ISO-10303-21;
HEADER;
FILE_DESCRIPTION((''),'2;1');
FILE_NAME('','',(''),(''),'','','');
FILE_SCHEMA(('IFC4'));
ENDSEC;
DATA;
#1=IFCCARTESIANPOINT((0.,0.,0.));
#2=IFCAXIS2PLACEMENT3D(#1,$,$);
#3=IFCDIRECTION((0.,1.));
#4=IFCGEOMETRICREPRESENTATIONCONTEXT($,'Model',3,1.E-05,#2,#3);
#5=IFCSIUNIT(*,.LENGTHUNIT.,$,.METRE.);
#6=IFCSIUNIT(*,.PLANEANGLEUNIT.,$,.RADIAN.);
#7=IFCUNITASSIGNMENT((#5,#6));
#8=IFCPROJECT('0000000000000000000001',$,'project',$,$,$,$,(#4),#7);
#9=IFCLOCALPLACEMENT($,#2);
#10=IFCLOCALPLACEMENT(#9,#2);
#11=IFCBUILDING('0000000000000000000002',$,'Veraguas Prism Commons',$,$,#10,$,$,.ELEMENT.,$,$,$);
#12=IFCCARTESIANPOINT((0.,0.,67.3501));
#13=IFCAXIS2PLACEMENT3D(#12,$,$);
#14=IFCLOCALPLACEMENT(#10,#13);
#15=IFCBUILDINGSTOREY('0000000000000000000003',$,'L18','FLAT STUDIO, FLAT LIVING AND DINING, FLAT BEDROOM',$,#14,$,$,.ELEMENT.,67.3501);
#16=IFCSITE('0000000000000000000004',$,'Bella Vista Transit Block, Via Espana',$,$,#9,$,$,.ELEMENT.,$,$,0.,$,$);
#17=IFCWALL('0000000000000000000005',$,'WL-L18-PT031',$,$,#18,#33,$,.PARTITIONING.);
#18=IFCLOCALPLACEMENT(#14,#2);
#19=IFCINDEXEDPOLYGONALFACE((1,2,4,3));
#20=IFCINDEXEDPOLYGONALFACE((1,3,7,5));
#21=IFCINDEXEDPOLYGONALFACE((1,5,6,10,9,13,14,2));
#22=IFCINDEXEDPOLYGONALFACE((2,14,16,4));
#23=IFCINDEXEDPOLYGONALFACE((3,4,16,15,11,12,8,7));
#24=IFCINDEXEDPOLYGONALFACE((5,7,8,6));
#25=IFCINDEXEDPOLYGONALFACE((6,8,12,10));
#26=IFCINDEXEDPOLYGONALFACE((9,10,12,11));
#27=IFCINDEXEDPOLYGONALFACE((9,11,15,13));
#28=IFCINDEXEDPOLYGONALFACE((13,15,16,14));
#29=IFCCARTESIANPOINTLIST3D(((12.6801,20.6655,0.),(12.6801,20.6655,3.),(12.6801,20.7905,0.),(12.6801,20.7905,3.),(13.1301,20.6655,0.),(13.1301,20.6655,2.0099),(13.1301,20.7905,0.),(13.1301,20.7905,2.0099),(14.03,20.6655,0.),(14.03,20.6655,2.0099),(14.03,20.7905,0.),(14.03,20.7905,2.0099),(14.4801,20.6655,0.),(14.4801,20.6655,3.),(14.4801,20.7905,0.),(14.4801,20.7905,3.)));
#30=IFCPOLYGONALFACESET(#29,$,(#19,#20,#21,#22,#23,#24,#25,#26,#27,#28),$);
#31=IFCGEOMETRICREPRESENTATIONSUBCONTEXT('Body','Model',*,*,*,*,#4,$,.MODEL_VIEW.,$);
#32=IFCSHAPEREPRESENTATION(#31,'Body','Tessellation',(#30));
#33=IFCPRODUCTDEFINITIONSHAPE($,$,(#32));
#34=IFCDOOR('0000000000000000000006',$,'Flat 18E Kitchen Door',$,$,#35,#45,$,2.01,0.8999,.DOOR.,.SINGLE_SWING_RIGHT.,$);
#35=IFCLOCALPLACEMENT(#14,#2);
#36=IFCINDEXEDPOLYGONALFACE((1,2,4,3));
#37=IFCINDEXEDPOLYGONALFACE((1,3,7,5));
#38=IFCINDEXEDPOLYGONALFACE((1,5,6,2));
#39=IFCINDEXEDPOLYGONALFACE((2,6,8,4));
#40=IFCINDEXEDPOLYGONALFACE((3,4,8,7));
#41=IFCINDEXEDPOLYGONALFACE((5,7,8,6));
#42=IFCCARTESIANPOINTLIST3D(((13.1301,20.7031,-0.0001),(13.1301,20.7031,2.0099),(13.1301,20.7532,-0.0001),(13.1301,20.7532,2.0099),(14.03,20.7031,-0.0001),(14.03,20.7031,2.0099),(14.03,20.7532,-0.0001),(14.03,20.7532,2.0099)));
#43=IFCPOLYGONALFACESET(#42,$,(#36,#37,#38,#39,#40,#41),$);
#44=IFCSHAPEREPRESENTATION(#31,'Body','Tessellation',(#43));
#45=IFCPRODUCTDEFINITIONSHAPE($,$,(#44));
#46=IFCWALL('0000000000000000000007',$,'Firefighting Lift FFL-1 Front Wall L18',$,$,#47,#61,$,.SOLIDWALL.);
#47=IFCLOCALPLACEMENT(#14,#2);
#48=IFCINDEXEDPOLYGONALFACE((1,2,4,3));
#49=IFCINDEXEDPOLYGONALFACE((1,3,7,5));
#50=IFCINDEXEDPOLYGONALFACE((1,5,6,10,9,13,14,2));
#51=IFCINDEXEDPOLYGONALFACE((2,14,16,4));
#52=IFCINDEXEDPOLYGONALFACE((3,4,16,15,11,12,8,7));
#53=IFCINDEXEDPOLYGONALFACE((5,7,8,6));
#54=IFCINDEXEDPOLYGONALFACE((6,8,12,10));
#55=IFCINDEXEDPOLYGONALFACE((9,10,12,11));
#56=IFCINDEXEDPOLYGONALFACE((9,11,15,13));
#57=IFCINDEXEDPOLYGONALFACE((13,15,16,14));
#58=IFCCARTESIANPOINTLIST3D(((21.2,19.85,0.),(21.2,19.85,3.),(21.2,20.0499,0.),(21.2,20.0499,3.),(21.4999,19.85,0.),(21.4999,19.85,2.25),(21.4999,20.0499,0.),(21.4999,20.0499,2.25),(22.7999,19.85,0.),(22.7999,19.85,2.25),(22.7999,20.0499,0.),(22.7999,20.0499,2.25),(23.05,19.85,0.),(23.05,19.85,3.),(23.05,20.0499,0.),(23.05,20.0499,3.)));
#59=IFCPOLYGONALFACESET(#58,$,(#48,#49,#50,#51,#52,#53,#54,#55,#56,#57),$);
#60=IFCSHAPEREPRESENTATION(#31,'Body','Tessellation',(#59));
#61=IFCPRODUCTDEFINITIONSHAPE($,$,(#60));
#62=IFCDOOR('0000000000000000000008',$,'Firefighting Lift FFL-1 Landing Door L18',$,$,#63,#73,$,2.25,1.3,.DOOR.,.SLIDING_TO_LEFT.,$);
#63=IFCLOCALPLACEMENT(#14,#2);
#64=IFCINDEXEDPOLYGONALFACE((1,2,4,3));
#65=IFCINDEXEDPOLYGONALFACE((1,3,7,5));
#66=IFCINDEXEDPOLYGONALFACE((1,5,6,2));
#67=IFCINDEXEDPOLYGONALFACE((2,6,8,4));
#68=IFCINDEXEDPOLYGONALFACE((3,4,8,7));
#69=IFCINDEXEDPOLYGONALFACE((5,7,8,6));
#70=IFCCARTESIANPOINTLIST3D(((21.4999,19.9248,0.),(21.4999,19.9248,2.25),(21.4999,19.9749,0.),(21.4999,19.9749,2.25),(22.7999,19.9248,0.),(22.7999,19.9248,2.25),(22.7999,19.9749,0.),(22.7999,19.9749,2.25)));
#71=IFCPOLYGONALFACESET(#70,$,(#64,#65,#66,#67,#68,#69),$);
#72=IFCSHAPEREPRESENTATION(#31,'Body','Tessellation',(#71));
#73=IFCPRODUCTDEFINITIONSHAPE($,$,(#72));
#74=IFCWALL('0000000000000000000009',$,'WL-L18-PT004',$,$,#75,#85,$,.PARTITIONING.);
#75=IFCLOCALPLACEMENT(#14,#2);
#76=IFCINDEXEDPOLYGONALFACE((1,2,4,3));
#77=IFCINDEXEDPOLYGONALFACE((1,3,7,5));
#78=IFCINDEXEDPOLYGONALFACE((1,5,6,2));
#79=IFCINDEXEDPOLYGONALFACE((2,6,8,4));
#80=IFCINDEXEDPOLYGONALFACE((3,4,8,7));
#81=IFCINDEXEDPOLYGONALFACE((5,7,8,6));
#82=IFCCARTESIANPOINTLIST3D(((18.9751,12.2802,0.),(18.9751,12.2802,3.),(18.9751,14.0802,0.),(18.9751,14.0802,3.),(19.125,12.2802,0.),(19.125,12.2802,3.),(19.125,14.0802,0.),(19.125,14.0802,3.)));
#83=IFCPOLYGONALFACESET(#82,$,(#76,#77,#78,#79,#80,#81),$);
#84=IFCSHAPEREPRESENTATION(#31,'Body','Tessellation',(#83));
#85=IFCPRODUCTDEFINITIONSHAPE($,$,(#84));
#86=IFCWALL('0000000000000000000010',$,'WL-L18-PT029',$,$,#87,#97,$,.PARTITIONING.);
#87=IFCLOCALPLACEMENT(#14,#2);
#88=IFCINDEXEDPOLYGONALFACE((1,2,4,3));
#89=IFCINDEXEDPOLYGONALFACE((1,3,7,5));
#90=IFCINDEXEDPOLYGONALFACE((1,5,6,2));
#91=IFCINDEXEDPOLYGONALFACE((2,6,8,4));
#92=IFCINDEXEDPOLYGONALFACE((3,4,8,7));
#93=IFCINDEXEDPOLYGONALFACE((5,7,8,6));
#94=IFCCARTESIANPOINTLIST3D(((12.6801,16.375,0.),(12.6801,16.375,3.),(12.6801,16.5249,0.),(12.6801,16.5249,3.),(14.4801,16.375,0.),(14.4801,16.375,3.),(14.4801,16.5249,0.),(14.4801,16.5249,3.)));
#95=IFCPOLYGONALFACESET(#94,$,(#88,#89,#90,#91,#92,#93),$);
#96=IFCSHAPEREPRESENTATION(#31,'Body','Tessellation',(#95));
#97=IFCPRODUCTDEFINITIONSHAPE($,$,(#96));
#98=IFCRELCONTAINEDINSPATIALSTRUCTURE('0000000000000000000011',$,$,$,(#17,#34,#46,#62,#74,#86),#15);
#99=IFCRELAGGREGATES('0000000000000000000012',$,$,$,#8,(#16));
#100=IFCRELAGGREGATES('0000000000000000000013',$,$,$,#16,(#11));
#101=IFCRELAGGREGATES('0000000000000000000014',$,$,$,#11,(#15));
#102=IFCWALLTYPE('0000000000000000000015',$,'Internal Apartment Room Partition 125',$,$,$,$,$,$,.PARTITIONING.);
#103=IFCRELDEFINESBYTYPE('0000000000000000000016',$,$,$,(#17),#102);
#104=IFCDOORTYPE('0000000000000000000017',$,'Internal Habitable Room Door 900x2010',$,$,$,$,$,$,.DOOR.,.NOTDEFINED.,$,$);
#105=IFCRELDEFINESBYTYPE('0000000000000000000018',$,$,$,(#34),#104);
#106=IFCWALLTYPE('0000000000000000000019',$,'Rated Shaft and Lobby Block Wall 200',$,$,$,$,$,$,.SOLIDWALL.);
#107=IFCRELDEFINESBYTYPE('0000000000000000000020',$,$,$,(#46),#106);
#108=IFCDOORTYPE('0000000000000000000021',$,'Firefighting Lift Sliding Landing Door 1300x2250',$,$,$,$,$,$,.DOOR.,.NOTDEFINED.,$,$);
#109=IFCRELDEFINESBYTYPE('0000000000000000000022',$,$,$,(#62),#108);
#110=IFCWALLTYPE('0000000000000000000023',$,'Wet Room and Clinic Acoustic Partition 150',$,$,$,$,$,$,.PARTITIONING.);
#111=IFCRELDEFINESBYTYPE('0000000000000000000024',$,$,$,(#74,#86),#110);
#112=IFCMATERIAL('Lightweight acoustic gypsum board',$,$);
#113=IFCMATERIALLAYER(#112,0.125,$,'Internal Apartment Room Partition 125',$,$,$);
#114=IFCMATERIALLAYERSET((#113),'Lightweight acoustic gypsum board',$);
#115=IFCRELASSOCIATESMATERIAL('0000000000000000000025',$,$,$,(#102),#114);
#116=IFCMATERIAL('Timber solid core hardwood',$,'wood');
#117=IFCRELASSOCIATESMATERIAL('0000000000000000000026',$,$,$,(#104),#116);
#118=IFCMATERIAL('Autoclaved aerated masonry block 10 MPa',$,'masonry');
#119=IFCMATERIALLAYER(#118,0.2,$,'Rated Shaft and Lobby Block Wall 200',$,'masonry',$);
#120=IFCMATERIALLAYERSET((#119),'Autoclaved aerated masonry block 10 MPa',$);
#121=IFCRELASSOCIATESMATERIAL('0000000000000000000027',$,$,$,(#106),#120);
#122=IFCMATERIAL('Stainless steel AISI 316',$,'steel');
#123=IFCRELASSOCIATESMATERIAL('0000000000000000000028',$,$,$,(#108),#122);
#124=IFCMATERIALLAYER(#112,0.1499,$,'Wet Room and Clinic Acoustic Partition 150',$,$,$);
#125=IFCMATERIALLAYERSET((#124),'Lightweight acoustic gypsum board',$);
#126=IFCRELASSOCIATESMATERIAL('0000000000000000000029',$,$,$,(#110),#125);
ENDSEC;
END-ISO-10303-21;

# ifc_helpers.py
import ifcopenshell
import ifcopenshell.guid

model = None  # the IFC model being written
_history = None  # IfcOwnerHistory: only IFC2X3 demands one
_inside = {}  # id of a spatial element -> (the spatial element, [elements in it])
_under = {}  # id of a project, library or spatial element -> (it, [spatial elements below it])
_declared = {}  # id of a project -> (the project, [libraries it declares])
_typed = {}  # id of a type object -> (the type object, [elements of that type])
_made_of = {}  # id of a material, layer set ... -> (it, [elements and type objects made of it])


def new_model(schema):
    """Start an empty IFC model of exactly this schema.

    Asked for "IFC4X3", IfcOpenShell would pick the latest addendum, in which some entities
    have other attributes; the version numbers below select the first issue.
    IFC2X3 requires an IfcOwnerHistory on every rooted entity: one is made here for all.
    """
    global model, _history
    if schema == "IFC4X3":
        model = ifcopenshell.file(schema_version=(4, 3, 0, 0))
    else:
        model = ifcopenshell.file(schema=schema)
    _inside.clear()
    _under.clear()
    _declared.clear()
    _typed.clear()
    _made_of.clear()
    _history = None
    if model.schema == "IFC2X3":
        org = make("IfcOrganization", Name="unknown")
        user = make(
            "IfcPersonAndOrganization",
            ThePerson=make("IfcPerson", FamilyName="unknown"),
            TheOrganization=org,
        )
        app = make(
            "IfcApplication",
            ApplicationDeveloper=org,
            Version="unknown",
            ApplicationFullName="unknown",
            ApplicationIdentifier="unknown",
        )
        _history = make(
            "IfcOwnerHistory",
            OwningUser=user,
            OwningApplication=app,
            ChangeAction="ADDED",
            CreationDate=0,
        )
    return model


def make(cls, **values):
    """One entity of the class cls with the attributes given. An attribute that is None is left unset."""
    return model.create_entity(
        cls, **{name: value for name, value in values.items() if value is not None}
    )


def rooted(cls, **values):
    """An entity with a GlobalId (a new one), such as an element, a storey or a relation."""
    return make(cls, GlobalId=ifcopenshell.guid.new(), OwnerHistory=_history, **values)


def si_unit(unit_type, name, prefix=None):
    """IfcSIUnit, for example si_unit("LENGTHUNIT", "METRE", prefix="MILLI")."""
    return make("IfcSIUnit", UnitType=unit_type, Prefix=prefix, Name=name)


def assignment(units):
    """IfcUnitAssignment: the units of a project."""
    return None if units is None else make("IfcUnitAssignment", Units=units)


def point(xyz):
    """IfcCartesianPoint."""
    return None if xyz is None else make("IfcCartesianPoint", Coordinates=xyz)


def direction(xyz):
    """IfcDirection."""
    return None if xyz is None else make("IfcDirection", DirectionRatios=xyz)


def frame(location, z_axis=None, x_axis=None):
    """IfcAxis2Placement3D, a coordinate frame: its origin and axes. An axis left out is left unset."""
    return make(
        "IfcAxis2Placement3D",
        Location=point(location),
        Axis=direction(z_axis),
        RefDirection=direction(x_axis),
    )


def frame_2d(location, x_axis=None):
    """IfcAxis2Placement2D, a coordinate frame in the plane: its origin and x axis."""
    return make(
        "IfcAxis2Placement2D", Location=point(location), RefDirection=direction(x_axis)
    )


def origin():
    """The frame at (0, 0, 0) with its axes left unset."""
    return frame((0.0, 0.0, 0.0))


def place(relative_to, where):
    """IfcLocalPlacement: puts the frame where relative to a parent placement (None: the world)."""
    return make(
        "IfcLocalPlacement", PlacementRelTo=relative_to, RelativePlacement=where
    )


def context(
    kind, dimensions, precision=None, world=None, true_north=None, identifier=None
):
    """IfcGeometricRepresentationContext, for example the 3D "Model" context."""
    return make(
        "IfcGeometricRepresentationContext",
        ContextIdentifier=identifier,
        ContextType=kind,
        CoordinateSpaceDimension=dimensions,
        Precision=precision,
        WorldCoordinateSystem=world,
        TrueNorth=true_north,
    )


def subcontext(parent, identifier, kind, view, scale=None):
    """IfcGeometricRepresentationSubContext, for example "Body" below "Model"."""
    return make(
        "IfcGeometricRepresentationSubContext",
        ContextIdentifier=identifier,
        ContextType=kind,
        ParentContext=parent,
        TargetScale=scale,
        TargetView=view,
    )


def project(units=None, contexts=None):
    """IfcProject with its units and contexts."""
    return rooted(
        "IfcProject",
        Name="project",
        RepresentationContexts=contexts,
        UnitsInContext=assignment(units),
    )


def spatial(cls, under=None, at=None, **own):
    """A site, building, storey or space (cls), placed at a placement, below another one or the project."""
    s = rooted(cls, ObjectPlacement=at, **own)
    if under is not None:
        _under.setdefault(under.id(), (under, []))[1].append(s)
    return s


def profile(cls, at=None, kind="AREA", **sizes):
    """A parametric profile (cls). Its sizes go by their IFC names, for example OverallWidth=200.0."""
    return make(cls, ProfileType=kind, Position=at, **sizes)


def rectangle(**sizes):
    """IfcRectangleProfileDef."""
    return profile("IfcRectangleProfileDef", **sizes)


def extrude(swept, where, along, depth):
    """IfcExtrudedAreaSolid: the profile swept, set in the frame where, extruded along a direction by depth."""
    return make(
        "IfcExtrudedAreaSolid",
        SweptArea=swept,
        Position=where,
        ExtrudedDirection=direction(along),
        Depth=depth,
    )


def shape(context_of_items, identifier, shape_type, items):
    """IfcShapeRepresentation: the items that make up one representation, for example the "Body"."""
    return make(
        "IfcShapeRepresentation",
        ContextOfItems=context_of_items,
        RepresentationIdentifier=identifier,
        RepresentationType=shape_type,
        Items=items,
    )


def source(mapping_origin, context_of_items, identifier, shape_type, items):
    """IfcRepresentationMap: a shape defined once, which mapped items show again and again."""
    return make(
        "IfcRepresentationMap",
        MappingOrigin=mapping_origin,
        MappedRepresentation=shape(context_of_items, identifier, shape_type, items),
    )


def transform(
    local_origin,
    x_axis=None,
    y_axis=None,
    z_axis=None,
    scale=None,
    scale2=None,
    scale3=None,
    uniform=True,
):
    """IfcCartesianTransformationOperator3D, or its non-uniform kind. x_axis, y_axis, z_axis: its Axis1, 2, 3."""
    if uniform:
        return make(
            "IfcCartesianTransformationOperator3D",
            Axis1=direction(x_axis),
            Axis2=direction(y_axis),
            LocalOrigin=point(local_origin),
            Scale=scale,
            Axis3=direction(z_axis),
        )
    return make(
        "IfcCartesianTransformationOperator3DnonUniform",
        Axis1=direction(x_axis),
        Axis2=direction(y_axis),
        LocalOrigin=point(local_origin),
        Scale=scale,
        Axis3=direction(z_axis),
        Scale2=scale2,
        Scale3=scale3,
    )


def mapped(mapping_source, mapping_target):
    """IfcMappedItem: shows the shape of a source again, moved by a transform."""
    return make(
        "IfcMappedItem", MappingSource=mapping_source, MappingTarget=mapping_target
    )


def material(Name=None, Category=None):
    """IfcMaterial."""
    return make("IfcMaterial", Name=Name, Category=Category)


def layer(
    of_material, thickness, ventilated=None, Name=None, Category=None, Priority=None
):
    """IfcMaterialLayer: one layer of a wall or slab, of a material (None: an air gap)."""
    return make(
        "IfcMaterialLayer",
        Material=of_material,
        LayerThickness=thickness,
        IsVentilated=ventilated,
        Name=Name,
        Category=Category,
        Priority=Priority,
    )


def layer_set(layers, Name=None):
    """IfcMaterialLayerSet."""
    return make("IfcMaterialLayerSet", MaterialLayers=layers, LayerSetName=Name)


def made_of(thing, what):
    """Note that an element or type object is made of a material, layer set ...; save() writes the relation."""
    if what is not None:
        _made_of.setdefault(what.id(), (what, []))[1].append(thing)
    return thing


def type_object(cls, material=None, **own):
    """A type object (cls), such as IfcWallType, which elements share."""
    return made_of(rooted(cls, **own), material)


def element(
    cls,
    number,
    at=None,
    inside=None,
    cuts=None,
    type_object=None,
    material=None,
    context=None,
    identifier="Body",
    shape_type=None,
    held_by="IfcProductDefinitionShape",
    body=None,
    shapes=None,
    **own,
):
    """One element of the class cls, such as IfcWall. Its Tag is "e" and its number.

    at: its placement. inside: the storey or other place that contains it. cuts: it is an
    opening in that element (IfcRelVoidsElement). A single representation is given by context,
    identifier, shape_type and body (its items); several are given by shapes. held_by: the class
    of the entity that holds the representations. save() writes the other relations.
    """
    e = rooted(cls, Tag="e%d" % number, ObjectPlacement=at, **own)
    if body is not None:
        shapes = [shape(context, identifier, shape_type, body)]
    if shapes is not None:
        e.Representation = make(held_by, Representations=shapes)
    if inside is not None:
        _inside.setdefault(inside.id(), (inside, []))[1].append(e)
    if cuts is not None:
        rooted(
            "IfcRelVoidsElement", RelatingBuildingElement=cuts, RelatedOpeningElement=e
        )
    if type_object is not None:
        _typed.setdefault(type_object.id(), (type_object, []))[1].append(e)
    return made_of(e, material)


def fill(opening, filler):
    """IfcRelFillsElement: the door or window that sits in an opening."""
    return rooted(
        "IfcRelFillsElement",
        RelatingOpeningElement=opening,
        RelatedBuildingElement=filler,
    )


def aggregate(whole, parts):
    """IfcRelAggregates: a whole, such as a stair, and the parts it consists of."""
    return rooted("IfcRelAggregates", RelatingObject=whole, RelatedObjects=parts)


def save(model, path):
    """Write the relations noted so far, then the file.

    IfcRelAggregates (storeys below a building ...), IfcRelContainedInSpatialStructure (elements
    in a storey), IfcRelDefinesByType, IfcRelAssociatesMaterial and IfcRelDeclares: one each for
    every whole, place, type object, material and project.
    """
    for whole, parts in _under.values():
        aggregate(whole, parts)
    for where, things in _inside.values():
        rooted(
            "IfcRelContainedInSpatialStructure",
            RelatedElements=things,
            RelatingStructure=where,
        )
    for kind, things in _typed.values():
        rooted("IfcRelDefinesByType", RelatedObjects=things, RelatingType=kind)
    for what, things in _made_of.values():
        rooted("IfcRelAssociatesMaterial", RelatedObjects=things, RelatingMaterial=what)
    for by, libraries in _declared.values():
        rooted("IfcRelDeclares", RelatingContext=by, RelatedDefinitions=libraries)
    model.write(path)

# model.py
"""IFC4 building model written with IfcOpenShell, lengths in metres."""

from ifc_helpers import new_model, si_unit, direction, frame, frame_2d, origin, place, context, subcontext, project, spatial, rectangle, extrude, source, transform, mapped, material, layer, layer_set, type_object, element, fill, save


model = new_model("IFC4")

# Units and contexts
model_context = context("Model", 3, precision=1e-05, world=origin(), true_north=direction((0.0, 1.0)))
body_context = subcontext(model_context, "Body", "Model", "MODEL_VIEW")
ifc_project = project(units=[si_unit("LENGTHUNIT", "METRE"), si_unit("PLANEANGLEUNIT", "RADIAN")], contexts=[model_context])

# Site, building, storey
site_placement = place(None, origin())
site = spatial("IfcSite", under=ifc_project, at=site_placement, Name="Bella Vista Transit Block, Via Espana", CompositionType="ELEMENT", RefElevation=0.0)
building_placement = place(site_placement, origin())
building = spatial("IfcBuilding", under=site, at=building_placement, Name="Veraguas Prism Commons", CompositionType="ELEMENT")
storey_placement = place(building_placement, frame((0.0, 0.0, 67.3501)))
storey = spatial("IfcBuildingStorey", under=building, at=storey_placement, Name="L18", Description="FLAT STUDIO, FLAT LIVING AND DINING, FLAT BEDROOM", CompositionType="ELEMENT", Elevation=67.3501)

# Shared definitions
ifc_material_1 = material(Name="Autoclaved aerated masonry block 10 MPa", Category="masonry")

# Walls, openings, doors
ifc_material_2 = material(Name="Lightweight acoustic gypsum board")
ifc_layer_1 = layer(ifc_material_2, 0.125, Name="Internal Apartment Room Partition 125")
ifc_layer_set_1 = layer_set([ifc_layer_1], Name="Lightweight acoustic gypsum board")
wall_type_1 = type_object("IfcWallType", Name="Internal Apartment Room Partition 125", PredefinedType="PARTITIONING", material=ifc_layer_set_1)
wall_1_placement = place(storey_placement, frame((14.48, 20.728, 0.0), z_axis=(0.0, 0.0, 1.0), x_axis=(-1.0, 0.0, 0.0)))
wall_1 = element("IfcWall", 1, at=wall_1_placement, inside=storey, type_object=wall_type_1, Name="WL-L18-PT031", PredefinedType="PARTITIONING", context=body_context, shape_type="SweptSolid", body=[
    extrude(rectangle(XDim=1.8, YDim=0.125, at=frame_2d((0.8999, 0.0))), origin(), (0.0, 0.0, 1.0), 3.0),
])
opening_1_placement = place(wall_1_placement, frame((0.45, 0.0, 0.0)))
opening_1 = element("IfcOpeningElement", 2, at=opening_1_placement, cuts=wall_1, PredefinedType="OPENING", context=body_context, shape_type="SweptSolid", body=[
    extrude(rectangle(XDim=0.8999, YDim=2.01, at=frame_2d((0.45, 1.0049))), frame((0.0, 0.0725, 0.0), z_axis=(0.0, -1.0, 0.0), x_axis=(1.0, 0.0, 0.0)), (0.0, 0.0, 1.0), 0.145),
])
ifc_material_3 = material(Name="Timber solid core hardwood", Category="wood")
door_type_1 = type_object("IfcDoorType", Name="Internal Habitable Room Door 900x2010", OperationType="NOTDEFINED", PredefinedType="DOOR", material=ifc_material_3)
shared_shape_1 = source(origin(), body_context, "Body", "SweptSolid", [
    extrude(rectangle(XDim=0.8999, YDim=2.01, at=frame_2d((0.45, 1.0049))), frame((0.0, 0.0249, 0.0), z_axis=(0.0, -1.0, 0.0), x_axis=(1.0, 0.0, 0.0)), (0.0, 0.0, 1.0), 0.05),
])
door_1_placement = place(opening_1_placement, origin())
door_1 = element("IfcDoor", 3, at=door_1_placement, inside=storey, type_object=door_type_1, Name="Flat 18E Kitchen Door", OperationType="SINGLE_SWING_RIGHT", OverallHeight=2.01, OverallWidth=0.8999, PredefinedType="DOOR", context=body_context, shape_type="MappedRepresentation", body=[
    mapped(shared_shape_1, transform((0.0, 0.0, 0.0), scale=1.0)),
])
fill(opening_1, door_1)
ifc_layer_2 = layer(ifc_material_1, 0.2, Name="Rated Shaft and Lobby Block Wall 200", Category="masonry")
ifc_layer_set_2 = layer_set([ifc_layer_2], Name="Autoclaved aerated masonry block 10 MPa")
wall_type_2 = type_object("IfcWallType", Name="Rated Shaft and Lobby Block Wall 200", PredefinedType="SOLIDWALL", material=ifc_layer_set_2)
wall_2_placement = place(storey_placement, frame((21.2, 19.95, 0.0), z_axis=(0.0, 0.0, 1.0), x_axis=(1.0, 0.0, 0.0)))
wall_2 = element("IfcWall", 4, at=wall_2_placement, inside=storey, type_object=wall_type_2, Name="Firefighting Lift FFL-1 Front Wall L18", PredefinedType="SOLIDWALL", context=body_context, shape_type="SweptSolid", body=[
    extrude(rectangle(XDim=1.8501, YDim=0.2, at=frame_2d((0.925, 0.0))), origin(), (0.0, 0.0, 1.0), 3.0),
])
opening_2_placement = place(wall_2_placement, frame((0.3, 0.0, 0.0)))
opening_2 = element("IfcOpeningElement", 5, at=opening_2_placement, cuts=wall_2, PredefinedType="OPENING", context=body_context, shape_type="SweptSolid", body=[
    extrude(rectangle(XDim=1.3, YDim=2.25, at=frame_2d((0.6499, 1.125))), frame((0.0, 0.1099, 0.0), z_axis=(0.0, -1.0, 0.0), x_axis=(1.0, 0.0, 0.0)), (0.0, 0.0, 1.0), 0.22),
])
ifc_material_4 = material(Name="Stainless steel AISI 316", Category="steel")
door_type_2 = type_object("IfcDoorType", Name="Firefighting Lift Sliding Landing Door 1300x2250", OperationType="NOTDEFINED", PredefinedType="DOOR", material=ifc_material_4)
shared_shape_2 = source(origin(), body_context, "Body", "SweptSolid", [
    extrude(rectangle(XDim=1.3, YDim=2.25, at=frame_2d((0.6499, 1.125))), frame((0.0, 0.0249, 0.0), z_axis=(0.0, -1.0, 0.0), x_axis=(1.0, 0.0, 0.0)), (0.0, 0.0, 1.0), 0.05),
])
door_2_placement = place(opening_2_placement, origin())
door_2 = element("IfcDoor", 6, at=door_2_placement, inside=storey, type_object=door_type_2, Name="Firefighting Lift FFL-1 Landing Door L18", OperationType="SLIDING_TO_LEFT", OverallHeight=2.25, OverallWidth=1.3, PredefinedType="DOOR", context=body_context, shape_type="MappedRepresentation", body=[
    mapped(shared_shape_2, transform((0.0, 0.0, 0.0), scale=1.0)),
])
fill(opening_2, door_2)

# Walls
ifc_layer_3 = layer(ifc_material_2, 0.1499, Name="Wet Room and Clinic Acoustic Partition 150")
ifc_layer_set_3 = layer_set([ifc_layer_3], Name="Lightweight acoustic gypsum board")
wall_type_3 = type_object("IfcWallType", Name="Wet Room and Clinic Acoustic Partition 150", PredefinedType="PARTITIONING", material=ifc_layer_set_3)
for number, where, z_axis, x_axis, name in (
    (7, (19.05, 14.0801, 0.0), (0.0, 0.0, 1.0), (0.0, -1.0, 0.0), "WL-L18-PT004"),
    (8, (14.48, 16.45, 0.0), (0.0, 0.0, 1.0), (-1.0, 0.0, 0.0), "WL-L18-PT029"),
):
    element("IfcWall", number, at=place(storey_placement, frame(where, z_axis=z_axis, x_axis=x_axis)), inside=storey, type_object=wall_type_3, Name=name, PredefinedType="PARTITIONING", context=body_context, shape_type="SweptSolid", body=[
        extrude(rectangle(XDim=1.8, YDim=0.1499, at=frame_2d((0.8999, 0.0))), origin(), (0.0, 0.0, 1.0), 3.0),
    ])

save(model, "model.ifc")
